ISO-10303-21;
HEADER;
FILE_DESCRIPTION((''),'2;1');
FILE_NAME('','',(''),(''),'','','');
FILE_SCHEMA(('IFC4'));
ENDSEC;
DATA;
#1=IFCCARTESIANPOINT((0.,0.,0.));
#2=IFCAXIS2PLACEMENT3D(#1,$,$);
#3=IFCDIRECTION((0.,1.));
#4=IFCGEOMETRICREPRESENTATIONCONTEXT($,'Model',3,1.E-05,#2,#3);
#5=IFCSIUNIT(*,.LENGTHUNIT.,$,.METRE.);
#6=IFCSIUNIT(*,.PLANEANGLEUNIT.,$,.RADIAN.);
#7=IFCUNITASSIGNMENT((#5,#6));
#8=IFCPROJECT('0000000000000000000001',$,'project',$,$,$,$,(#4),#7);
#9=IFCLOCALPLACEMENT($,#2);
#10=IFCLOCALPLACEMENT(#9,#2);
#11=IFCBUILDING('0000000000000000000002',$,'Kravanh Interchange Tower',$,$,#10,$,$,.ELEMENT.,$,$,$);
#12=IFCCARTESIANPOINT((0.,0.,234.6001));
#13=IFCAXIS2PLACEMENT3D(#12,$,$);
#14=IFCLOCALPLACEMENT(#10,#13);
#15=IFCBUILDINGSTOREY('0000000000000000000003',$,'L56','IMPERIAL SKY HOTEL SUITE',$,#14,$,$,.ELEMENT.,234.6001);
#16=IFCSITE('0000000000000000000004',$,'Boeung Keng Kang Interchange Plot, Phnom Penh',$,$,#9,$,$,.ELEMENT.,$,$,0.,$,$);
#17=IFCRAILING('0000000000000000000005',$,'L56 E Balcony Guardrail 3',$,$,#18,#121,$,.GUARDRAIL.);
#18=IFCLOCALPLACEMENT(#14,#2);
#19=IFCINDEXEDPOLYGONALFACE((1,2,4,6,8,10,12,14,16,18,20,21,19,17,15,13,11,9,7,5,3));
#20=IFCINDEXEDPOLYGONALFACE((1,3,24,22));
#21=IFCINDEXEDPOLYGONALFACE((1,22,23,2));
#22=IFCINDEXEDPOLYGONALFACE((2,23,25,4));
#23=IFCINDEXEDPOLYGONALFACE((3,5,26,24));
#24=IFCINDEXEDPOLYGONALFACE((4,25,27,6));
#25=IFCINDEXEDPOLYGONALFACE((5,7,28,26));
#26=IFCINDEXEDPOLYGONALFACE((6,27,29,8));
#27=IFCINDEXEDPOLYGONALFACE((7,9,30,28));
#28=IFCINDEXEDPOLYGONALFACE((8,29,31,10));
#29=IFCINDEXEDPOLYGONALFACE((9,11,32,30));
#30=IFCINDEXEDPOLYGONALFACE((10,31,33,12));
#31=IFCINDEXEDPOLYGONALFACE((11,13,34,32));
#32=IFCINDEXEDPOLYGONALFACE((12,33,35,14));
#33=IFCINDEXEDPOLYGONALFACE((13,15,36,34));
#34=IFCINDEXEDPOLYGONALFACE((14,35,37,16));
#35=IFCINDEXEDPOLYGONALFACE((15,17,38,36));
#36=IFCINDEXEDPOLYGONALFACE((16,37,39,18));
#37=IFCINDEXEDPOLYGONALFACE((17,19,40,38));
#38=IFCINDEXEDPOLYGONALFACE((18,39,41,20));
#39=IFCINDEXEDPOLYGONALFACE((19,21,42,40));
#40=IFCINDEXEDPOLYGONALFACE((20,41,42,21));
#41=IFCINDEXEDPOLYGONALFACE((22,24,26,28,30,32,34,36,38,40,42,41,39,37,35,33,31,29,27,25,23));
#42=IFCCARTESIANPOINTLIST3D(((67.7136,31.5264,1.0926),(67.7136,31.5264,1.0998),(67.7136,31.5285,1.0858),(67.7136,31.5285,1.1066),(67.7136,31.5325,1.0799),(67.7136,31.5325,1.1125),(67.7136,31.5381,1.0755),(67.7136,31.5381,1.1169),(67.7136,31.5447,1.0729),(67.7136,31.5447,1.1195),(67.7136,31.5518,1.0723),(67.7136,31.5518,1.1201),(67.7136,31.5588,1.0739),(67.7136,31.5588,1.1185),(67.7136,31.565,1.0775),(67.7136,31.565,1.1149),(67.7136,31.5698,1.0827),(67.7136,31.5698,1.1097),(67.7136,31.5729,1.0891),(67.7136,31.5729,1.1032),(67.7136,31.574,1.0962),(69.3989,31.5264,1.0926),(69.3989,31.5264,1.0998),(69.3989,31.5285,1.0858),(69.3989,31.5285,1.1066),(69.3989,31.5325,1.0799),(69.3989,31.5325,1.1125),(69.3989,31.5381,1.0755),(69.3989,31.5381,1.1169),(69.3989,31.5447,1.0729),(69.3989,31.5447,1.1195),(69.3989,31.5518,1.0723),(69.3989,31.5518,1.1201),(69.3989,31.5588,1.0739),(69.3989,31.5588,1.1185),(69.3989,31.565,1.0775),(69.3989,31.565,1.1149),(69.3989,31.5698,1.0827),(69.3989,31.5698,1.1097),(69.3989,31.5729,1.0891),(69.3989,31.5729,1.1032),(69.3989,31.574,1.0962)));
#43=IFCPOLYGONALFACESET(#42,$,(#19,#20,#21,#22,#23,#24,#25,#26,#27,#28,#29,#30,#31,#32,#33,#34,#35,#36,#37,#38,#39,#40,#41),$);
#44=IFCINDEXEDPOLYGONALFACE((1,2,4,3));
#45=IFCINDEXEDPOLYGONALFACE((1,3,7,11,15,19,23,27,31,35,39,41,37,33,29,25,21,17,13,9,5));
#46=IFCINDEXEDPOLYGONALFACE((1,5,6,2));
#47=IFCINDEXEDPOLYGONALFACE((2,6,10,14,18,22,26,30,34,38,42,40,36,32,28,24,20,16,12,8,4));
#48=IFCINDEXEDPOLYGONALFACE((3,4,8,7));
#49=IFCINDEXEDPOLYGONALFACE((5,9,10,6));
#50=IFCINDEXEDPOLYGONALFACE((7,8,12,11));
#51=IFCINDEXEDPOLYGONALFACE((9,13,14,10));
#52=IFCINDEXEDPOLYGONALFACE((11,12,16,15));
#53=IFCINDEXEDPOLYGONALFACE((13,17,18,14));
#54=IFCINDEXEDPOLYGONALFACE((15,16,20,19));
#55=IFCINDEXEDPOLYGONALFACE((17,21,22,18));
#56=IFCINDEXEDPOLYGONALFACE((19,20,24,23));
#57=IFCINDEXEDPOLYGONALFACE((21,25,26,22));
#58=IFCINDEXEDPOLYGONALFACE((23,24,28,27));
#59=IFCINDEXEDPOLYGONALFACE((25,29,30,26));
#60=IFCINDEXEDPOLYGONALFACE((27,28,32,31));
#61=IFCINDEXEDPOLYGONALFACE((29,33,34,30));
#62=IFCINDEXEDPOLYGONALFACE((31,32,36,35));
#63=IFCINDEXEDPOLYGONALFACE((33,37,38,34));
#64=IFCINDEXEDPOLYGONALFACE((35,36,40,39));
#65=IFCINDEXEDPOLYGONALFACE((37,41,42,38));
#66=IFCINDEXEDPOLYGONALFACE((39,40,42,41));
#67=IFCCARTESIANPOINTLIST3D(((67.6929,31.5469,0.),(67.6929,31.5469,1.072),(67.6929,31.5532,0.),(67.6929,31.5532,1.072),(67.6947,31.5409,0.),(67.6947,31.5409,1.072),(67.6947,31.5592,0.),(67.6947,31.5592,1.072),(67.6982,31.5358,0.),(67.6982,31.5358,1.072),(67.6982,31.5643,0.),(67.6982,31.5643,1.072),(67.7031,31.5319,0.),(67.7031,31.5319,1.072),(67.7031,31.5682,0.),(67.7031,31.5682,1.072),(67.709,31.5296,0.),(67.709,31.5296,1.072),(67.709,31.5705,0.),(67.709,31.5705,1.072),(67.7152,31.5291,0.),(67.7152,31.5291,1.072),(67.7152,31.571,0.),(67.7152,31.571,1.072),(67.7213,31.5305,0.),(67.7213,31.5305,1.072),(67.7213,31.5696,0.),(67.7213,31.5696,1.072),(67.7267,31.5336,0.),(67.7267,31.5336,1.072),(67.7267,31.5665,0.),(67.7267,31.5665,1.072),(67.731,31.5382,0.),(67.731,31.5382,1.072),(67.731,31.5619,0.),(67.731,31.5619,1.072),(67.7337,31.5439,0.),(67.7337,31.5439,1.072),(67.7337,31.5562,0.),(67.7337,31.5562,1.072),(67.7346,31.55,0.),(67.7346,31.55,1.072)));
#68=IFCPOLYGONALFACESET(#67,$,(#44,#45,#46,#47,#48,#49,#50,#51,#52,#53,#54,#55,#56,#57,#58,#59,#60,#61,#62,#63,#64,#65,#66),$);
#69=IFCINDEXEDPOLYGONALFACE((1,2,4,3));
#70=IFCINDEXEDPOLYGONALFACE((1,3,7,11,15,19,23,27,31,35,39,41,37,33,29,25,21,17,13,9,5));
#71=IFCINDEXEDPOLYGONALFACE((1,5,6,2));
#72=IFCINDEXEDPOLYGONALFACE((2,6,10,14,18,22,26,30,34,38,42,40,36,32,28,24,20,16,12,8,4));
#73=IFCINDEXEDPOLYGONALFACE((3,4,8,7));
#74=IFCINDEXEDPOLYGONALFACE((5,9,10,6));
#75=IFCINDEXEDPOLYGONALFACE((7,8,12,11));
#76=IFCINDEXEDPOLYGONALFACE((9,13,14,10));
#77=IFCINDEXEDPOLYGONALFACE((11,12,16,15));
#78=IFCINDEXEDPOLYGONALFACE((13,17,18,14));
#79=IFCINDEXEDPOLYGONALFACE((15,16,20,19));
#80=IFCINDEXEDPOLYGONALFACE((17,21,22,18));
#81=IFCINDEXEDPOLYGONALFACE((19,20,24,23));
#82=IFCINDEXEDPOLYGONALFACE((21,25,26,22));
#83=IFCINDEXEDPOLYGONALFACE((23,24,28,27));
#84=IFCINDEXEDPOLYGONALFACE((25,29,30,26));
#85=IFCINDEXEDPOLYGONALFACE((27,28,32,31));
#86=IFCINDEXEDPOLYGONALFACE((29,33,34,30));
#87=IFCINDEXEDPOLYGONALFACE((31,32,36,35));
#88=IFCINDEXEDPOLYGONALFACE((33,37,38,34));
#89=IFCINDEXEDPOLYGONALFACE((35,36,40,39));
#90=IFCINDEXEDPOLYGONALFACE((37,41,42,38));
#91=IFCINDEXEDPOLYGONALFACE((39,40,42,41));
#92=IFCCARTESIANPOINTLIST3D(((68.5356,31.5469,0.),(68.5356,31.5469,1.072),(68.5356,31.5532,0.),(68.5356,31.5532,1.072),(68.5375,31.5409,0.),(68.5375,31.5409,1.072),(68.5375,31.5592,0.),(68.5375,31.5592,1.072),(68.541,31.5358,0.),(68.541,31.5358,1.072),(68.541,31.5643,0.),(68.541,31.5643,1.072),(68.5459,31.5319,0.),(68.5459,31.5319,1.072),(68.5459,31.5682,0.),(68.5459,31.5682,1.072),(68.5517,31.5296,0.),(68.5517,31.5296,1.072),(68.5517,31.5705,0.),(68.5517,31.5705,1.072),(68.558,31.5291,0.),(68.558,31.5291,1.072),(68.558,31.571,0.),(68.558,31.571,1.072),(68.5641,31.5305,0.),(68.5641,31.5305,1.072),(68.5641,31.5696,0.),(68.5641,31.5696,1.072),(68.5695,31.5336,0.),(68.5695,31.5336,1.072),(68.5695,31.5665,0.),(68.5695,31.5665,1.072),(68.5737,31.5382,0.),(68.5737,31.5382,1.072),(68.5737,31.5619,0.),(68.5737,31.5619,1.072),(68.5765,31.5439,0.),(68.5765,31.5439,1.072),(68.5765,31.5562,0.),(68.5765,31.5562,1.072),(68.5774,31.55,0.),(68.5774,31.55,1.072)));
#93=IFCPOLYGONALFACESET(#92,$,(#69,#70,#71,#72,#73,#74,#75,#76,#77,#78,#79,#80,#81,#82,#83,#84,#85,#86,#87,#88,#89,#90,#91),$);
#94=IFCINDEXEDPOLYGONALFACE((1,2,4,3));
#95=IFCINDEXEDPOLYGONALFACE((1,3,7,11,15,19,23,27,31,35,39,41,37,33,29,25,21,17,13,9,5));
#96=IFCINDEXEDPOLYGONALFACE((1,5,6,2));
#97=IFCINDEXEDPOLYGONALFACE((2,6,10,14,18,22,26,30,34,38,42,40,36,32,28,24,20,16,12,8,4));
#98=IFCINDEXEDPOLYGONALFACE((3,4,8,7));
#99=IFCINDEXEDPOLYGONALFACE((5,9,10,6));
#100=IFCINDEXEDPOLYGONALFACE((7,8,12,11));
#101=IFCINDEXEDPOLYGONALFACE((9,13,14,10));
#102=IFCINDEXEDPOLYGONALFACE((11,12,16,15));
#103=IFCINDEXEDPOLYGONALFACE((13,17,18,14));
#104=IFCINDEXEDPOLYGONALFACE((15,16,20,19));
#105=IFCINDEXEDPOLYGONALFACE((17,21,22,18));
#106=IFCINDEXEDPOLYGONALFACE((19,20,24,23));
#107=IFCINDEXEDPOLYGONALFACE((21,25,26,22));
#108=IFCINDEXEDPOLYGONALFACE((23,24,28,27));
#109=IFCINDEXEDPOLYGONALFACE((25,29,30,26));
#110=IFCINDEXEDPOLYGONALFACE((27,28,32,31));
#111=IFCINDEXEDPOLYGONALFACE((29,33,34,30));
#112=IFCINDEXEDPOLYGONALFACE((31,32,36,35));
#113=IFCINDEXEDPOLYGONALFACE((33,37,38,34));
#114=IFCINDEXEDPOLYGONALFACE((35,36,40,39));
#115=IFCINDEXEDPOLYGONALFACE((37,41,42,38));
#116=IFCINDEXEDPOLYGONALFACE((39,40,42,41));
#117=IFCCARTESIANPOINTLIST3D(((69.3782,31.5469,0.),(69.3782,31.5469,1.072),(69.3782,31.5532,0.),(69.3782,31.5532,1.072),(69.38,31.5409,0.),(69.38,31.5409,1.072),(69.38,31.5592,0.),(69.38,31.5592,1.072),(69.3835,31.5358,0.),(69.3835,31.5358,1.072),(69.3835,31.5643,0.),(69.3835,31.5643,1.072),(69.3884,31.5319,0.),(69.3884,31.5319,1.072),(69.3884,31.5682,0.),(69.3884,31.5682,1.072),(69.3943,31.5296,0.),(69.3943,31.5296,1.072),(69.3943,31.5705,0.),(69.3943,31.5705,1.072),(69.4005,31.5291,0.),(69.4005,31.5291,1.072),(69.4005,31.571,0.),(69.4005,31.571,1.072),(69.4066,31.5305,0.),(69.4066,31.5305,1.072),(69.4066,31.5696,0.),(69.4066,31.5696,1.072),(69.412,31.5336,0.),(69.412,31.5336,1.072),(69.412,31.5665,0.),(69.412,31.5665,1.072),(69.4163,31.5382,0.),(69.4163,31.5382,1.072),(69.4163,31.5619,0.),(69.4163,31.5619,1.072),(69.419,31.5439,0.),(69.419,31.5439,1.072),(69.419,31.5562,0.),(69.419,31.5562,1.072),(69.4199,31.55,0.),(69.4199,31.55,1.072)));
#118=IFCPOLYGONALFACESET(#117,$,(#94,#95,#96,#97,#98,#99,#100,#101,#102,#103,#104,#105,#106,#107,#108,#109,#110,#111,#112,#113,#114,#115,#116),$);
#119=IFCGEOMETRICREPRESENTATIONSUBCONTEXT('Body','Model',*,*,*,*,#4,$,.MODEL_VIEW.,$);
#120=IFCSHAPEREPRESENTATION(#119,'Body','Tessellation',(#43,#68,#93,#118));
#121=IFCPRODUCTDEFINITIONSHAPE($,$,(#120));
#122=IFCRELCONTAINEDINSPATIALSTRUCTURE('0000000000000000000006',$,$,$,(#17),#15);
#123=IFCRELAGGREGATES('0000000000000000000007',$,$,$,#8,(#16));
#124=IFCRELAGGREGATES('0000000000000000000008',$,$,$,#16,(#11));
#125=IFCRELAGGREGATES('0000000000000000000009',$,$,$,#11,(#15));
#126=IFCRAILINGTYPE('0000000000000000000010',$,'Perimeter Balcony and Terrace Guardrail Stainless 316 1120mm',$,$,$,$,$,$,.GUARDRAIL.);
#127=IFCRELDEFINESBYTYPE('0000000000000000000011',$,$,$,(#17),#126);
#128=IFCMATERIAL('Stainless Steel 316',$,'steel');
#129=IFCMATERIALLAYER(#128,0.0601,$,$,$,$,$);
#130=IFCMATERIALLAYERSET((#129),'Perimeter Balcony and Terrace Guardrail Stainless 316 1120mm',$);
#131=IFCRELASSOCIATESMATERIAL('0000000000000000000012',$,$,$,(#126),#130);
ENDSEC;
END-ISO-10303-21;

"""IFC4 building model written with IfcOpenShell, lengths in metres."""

from ifc_helpers import new_model, si_unit, direction, frame, origin, origin_2d, place, context, subcontext, project, spatial, circle, extrude, material, layer, layer_set, type_object, element, save


model = new_model("IFC4")

# Units and contexts
model_context = context("Model", 3, precision=1e-05, world=origin(), true_north=direction((0.0, 1.0)))
body_context = subcontext(model_context, "Body", "Model", "MODEL_VIEW")
ifc_project = project(units=[si_unit("LENGTHUNIT", "METRE"), si_unit("PLANEANGLEUNIT", "RADIAN")], contexts=[model_context])

# Site, building, storey
site_placement = place(None, origin())
site = spatial("IfcSite", under=ifc_project, at=site_placement, Name="Boeung Keng Kang Interchange Plot, Phnom Penh", CompositionType="ELEMENT", RefElevation=0.0)
building_placement = place(site_placement, origin())
building = spatial("IfcBuilding", under=site, at=building_placement, Name="Kravanh Interchange Tower", CompositionType="ELEMENT")
storey_placement = place(building_placement, frame((0.0, 0.0, 234.6001)))
storey = spatial("IfcBuildingStorey", under=building, at=storey_placement, Name="L56", Description="IMPERIAL SKY HOTEL SUITE", CompositionType="ELEMENT", Elevation=234.6001)

# Railing
ifc_material_1 = material(Name="Stainless Steel 316", Category="steel")
ifc_layer_1 = layer(ifc_material_1, 0.0601)
ifc_layer_set_1 = layer_set([ifc_layer_1], Name="Perimeter Balcony and Terrace Guardrail Stainless 316 1120mm")
railing_type = type_object("IfcRailingType", Name="Perimeter Balcony and Terrace Guardrail Stainless 316 1120mm", PredefinedType="GUARDRAIL", material=ifc_layer_set_1)
railing_1_placement = place(storey_placement, frame((67.7136, 31.55, 0.0)))
element("IfcRailing", 1, at=railing_1_placement, inside=storey, type_object=railing_type, Name="L56 E Balcony Guardrail 3", PredefinedType="GUARDRAIL", context=body_context, shape_type="SweptSolid", body=[
    extrude(circle(Radius=0.0239, at=origin_2d()), frame((0.0, 0.0, 1.0962), z_axis=(1.0, 0.0, 0.0), x_axis=(0.0, 1.0, 0.0)), (0.0, 0.0, 1.0), 1.6853),
    extrude(circle(Radius=0.021, at=origin_2d()), origin(), (0.0, 0.0, 1.0), 1.072),
    extrude(circle(Radius=0.021, at=origin_2d()), frame((0.8428, 0.0, 0.0)), (0.0, 0.0, 1.0), 1.072),
    extrude(circle(Radius=0.021, at=origin_2d()), frame((1.6853, 0.0, 0.0)), (0.0, 0.0, 1.0), 1.072),
])

save(model, "model.ifc")
